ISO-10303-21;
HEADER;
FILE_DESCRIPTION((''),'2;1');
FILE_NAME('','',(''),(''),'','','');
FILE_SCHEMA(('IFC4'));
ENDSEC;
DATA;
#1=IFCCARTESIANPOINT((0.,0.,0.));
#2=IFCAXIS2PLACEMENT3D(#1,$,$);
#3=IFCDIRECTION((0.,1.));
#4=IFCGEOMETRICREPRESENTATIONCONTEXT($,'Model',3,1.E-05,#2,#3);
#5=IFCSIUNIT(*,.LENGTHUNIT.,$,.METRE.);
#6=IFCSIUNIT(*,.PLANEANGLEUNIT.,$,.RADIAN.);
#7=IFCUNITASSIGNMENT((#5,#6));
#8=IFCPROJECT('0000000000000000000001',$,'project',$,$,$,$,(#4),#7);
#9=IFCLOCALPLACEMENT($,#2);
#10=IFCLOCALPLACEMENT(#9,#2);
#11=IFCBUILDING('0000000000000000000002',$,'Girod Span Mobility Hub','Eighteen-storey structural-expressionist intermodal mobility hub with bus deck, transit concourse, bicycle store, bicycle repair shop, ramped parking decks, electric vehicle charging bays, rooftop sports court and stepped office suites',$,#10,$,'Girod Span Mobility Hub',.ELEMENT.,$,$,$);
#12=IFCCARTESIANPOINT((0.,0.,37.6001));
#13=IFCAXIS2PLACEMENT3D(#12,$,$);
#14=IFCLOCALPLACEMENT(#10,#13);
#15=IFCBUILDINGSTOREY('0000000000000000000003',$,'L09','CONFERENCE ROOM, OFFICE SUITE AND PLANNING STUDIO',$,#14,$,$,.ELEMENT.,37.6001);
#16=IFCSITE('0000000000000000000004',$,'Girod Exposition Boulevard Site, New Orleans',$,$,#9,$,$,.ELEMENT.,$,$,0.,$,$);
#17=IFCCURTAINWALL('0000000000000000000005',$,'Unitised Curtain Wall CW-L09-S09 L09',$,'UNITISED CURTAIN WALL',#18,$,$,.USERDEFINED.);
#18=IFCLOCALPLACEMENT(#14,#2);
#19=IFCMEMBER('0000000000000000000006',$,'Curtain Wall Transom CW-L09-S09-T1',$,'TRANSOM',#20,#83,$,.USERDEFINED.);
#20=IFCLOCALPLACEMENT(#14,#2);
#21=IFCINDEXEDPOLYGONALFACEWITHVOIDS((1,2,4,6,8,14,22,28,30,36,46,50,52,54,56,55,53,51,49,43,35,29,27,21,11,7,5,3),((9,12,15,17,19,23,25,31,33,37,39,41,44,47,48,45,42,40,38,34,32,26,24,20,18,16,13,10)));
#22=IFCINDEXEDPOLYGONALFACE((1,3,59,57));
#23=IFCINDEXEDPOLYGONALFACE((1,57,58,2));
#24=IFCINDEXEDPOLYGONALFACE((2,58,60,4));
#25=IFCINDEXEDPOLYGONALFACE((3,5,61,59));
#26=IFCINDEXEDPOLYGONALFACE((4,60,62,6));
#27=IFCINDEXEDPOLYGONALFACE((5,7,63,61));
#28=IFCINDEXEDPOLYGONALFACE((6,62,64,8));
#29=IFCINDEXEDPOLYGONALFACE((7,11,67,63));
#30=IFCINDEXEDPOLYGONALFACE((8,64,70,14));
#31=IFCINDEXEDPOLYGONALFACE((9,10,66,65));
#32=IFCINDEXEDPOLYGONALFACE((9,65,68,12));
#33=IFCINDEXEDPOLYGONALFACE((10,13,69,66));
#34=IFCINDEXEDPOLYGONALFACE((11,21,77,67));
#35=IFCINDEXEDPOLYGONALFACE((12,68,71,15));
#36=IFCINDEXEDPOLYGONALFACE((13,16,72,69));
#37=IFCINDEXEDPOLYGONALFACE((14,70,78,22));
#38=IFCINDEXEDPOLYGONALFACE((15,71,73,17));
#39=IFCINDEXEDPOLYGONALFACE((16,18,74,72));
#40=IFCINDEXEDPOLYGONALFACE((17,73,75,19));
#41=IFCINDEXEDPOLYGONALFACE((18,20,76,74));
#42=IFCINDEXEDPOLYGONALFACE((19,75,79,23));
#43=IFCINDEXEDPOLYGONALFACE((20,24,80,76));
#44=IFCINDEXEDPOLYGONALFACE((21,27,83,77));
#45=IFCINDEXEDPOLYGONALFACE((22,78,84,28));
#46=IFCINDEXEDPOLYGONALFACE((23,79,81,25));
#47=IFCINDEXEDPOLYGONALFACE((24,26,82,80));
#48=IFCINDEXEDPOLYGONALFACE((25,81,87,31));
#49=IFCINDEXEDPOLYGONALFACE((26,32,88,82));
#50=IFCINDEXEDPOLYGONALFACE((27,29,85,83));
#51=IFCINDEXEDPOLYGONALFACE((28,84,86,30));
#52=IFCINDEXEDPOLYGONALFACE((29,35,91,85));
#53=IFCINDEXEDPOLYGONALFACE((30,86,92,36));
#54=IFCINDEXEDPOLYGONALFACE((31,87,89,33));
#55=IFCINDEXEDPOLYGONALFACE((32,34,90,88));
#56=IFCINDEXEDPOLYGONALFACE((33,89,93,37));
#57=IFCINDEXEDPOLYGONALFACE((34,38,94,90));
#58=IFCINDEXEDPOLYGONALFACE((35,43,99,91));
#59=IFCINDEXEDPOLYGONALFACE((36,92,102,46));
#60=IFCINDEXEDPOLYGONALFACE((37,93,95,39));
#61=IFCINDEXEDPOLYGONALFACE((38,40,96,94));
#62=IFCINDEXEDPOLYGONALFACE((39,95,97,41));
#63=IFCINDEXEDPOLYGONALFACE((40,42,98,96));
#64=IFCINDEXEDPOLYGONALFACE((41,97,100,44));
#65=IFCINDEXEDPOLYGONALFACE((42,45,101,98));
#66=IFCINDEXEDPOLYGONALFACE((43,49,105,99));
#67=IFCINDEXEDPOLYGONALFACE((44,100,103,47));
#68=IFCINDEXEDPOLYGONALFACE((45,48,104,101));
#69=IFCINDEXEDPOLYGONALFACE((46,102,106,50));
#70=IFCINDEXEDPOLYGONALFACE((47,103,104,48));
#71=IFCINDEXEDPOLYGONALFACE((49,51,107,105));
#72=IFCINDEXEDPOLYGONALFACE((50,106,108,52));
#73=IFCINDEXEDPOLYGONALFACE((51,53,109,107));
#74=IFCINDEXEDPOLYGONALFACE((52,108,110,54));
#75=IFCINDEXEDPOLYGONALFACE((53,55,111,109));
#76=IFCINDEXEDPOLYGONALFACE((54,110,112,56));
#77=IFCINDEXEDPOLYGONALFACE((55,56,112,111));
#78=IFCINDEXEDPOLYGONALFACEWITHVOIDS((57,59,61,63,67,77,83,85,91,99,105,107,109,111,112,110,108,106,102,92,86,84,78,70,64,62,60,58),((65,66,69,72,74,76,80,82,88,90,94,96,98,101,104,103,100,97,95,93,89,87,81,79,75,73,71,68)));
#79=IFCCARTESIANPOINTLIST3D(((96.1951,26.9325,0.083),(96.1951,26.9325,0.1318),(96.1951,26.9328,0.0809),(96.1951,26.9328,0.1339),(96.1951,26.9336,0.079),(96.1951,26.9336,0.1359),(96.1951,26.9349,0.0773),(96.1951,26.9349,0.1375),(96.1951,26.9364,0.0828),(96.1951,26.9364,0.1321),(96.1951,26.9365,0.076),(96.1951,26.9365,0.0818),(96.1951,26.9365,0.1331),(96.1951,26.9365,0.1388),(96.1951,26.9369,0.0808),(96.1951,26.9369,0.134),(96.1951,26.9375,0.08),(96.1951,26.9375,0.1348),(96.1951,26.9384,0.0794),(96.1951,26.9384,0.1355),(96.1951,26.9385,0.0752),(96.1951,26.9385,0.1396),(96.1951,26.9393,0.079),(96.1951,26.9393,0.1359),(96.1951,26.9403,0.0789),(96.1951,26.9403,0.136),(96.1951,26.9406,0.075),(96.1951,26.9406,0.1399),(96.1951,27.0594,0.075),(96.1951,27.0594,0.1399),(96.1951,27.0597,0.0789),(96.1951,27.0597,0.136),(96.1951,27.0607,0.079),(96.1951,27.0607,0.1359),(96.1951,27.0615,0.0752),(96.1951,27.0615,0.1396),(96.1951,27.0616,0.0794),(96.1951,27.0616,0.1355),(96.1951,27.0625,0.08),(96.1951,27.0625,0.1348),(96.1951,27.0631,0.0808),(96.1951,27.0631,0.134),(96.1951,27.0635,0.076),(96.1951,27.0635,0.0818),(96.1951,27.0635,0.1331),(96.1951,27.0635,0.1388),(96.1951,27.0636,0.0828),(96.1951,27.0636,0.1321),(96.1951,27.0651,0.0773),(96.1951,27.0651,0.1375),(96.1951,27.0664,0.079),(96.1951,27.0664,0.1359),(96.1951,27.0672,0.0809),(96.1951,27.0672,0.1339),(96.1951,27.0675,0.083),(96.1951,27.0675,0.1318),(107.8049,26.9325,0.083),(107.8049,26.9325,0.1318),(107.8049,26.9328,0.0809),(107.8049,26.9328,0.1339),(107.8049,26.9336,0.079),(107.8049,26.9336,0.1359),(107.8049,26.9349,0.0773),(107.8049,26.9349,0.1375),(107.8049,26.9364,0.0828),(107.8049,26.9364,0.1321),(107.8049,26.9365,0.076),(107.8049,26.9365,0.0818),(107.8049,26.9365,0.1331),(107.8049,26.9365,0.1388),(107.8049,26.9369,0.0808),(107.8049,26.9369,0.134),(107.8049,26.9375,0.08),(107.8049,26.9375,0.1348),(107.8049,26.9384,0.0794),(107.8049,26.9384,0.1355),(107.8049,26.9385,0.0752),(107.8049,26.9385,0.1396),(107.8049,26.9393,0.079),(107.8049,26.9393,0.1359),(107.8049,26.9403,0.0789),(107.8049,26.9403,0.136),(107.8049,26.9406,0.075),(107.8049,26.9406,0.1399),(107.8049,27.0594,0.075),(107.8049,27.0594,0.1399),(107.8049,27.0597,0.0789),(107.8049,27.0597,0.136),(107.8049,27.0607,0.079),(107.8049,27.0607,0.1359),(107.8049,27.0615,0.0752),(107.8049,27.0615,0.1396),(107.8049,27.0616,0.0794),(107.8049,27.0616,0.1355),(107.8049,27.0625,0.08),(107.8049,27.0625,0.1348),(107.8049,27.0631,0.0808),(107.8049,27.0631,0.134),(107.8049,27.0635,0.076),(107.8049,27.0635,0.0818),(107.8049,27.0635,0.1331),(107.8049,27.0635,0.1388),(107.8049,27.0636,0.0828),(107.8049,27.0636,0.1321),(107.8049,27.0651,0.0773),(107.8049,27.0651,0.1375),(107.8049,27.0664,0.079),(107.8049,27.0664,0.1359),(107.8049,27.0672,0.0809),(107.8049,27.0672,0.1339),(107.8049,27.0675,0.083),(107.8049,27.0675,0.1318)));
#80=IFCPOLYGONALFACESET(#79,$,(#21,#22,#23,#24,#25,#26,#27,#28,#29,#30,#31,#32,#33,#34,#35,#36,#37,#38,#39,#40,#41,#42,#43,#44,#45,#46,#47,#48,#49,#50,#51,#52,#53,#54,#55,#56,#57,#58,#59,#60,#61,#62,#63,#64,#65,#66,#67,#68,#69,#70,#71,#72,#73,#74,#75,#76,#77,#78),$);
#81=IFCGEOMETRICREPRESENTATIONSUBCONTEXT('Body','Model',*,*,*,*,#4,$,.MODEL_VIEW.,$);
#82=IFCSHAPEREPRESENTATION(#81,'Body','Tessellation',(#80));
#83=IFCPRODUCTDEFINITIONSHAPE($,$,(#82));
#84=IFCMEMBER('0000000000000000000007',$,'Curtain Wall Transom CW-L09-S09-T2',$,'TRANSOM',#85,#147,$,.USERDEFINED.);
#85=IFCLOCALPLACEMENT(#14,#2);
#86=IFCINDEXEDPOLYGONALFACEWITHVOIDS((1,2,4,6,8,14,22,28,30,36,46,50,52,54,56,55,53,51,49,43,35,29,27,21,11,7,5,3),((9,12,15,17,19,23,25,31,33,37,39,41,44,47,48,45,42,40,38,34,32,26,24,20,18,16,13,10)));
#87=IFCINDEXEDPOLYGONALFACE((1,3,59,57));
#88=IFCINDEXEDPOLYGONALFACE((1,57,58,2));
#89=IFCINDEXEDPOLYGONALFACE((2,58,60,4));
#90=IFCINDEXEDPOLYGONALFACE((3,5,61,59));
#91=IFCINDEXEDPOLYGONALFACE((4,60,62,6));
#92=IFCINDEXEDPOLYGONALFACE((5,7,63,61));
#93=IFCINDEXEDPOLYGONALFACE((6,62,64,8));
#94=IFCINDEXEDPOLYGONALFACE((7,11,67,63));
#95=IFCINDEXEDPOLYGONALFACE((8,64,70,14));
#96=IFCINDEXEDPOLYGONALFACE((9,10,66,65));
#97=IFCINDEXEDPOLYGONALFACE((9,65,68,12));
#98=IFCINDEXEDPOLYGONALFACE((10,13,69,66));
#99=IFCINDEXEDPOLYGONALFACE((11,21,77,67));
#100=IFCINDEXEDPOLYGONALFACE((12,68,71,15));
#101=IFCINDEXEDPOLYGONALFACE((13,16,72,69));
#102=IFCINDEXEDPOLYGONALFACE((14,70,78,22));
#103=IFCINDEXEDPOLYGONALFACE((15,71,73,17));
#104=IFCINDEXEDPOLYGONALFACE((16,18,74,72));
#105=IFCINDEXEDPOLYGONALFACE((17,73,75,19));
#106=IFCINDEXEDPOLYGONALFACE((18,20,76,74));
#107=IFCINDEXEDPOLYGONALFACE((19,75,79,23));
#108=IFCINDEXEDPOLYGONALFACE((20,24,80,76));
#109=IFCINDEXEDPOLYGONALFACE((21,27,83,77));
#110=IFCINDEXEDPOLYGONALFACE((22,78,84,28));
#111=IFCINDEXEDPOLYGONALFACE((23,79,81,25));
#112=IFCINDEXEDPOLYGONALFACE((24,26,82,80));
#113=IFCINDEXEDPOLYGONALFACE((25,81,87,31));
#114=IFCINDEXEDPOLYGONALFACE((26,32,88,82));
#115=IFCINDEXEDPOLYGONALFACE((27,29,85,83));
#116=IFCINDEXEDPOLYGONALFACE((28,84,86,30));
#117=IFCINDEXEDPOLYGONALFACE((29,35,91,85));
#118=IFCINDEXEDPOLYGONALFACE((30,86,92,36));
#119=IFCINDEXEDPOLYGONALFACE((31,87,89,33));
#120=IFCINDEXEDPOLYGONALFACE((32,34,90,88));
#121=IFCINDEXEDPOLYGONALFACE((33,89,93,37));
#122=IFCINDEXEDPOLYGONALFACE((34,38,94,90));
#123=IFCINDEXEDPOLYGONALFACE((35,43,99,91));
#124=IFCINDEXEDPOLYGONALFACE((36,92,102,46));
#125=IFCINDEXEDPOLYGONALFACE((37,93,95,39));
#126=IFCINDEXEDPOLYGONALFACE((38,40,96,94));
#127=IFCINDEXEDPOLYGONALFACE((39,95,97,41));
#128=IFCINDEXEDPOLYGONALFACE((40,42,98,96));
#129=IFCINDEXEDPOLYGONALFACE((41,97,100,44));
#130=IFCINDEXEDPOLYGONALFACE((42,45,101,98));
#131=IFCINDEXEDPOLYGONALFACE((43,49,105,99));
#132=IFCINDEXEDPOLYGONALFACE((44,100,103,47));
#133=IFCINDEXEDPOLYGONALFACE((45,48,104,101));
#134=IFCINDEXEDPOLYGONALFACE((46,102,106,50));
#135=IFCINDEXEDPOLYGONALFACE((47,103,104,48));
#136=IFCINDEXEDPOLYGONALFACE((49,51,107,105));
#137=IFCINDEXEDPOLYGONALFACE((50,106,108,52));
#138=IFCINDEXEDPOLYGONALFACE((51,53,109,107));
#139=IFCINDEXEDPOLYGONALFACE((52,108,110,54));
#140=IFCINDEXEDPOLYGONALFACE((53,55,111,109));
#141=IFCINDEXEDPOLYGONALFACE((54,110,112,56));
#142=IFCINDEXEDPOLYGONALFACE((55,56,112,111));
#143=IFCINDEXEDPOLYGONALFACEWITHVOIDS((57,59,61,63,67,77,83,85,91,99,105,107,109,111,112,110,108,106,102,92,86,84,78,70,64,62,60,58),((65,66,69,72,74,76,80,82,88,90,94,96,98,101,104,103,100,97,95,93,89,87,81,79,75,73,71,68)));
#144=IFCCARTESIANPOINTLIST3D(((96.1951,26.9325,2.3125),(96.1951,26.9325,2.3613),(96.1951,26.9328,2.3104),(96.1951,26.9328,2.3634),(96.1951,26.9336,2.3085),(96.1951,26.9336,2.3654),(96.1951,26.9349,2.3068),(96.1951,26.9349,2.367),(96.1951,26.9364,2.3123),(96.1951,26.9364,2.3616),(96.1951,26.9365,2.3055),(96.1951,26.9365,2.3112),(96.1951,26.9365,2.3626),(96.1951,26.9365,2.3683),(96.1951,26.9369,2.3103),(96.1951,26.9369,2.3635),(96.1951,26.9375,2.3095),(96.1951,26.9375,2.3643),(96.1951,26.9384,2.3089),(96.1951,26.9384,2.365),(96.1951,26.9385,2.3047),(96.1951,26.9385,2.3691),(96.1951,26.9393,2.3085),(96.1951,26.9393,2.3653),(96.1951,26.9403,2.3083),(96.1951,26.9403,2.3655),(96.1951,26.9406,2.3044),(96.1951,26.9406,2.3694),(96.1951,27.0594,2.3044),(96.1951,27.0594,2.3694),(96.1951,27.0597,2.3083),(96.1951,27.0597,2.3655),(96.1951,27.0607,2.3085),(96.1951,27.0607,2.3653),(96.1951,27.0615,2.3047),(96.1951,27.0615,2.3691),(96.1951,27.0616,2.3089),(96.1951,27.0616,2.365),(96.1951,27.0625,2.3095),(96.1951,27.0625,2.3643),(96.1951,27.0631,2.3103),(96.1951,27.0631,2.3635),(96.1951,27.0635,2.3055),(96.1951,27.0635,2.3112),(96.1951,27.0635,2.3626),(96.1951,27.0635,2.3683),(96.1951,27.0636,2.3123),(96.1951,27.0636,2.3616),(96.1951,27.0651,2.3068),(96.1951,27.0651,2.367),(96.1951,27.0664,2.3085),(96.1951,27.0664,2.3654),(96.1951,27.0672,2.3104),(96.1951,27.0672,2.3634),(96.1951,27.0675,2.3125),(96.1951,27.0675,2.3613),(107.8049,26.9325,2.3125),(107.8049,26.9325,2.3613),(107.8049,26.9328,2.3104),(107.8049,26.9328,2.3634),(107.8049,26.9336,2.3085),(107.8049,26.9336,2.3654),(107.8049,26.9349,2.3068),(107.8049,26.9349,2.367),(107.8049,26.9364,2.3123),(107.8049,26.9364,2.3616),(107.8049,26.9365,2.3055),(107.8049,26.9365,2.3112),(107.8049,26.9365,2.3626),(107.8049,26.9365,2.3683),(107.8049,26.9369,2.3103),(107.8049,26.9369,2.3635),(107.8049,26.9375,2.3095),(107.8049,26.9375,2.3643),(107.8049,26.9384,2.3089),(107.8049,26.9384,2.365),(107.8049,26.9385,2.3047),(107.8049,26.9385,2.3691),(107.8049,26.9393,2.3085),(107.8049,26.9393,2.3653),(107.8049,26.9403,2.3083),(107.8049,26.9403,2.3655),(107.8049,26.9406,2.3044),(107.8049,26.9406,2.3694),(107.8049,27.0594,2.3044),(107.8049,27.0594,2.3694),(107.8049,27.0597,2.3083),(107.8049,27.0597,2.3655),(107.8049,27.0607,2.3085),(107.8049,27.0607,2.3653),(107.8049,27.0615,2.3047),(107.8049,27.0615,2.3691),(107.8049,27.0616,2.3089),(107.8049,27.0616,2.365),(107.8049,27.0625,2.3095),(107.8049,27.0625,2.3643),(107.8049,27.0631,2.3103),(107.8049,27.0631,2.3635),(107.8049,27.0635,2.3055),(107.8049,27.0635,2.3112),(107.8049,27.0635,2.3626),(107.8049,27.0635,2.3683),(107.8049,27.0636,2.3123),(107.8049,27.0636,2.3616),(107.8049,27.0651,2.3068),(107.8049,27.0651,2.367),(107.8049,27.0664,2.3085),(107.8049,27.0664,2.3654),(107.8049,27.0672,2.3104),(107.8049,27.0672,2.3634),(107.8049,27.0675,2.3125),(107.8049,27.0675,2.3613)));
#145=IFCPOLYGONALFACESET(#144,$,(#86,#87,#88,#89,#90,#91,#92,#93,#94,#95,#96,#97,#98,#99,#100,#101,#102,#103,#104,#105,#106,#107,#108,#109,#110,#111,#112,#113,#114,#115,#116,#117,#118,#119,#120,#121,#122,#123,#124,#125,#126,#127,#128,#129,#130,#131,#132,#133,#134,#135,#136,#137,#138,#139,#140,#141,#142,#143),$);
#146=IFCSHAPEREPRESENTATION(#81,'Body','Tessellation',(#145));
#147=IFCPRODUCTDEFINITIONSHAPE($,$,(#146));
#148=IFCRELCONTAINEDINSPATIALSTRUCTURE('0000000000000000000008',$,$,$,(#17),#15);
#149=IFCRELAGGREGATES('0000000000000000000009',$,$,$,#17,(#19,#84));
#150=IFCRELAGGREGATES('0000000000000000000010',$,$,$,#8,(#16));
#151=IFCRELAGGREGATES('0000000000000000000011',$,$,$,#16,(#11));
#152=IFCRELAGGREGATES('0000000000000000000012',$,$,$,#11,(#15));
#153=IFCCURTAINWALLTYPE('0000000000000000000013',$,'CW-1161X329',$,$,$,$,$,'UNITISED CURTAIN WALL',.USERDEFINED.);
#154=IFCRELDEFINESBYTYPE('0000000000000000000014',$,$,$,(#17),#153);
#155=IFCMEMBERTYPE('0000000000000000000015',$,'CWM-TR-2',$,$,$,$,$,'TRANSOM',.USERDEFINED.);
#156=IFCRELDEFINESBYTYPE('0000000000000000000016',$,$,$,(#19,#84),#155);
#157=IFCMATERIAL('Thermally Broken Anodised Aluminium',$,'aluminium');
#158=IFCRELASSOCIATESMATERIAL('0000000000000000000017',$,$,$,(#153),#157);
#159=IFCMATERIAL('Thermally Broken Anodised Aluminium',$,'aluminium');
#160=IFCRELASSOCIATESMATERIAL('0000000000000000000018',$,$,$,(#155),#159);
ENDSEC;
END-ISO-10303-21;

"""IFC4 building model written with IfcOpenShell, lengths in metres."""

from ifc_helpers import new_model, si_unit, direction, frame, origin, origin_2d, place, context, subcontext, project, spatial, hollow_rectangle, extrude, material, material_profile, profile_set, type_object, element, aggregate, save


model = new_model("IFC4")

# Units and contexts
model_context = context("Model", 3, precision=1e-05, world=origin(), true_north=direction((0.0, 1.0)))
body_context = subcontext(model_context, "Body", "Model", "MODEL_VIEW")
ifc_project = project(units=[si_unit("LENGTHUNIT", "METRE"), si_unit("PLANEANGLEUNIT", "RADIAN")], contexts=[model_context])

# Site, building, storey
site_placement = place(None, origin())
site = spatial("IfcSite", under=ifc_project, at=site_placement, Name="Girod Exposition Boulevard Site, New Orleans", CompositionType="ELEMENT", RefElevation=0.0)
building_placement = place(site_placement, origin())
building = spatial("IfcBuilding", under=site, at=building_placement, Name="Girod Span Mobility Hub", Description="Eighteen-storey structural-expressionist intermodal mobility hub with bus deck, transit concourse, bicycle store, bicycle repair shop, ramped parking decks, electric vehicle charging bays, rooftop sports court and stepped office suites", LongName="Girod Span Mobility Hub", CompositionType="ELEMENT")
storey_placement = place(building_placement, frame((0.0, 0.0, 37.6001)))
storey = spatial("IfcBuildingStorey", under=building, at=storey_placement, Name="L09", Description="CONFERENCE ROOM, OFFICE SUITE AND PLANNING STUDIO", CompositionType="ELEMENT", Elevation=37.6001)

# Curtain wall
ifc_material_1 = material(Name="Thermally Broken Anodised Aluminium", Category="aluminium")
curtain_wall_type = type_object("IfcCurtainWallType", Name="CW-1161X329", ElementType="UNITISED CURTAIN WALL", PredefinedType="USERDEFINED", material=ifc_material_1)
curtain_wall_1_placement = place(storey_placement, origin())
curtain_wall_1 = element("IfcCurtainWall", 1, at=curtain_wall_1_placement, inside=storey, type_object=curtain_wall_type, Name="Unitised Curtain Wall CW-L09-S09 L09", ObjectType="UNITISED CURTAIN WALL", PredefinedType="USERDEFINED")

# Members
ifc_material_2 = material(Name="Thermally Broken Anodised Aluminium", Category="aluminium")
ifc_material_profile_1 = material_profile(ifc_material_2, hollow_rectangle(XDim=0.135, YDim=0.0649, WallThickness=0.0039, InnerFilletRadius=0.0039, OuterFilletRadius=0.0081, at=origin_2d()), Name="CW-TR-65X135")
ifc_profile_set_1 = profile_set([ifc_material_profile_1], Name="Thermally Broken Anodised Aluminium")
member_type_1 = type_object("IfcMemberType", Name="CWM-TR-2", ElementType="TRANSOM", PredefinedType="USERDEFINED", material=ifc_profile_set_1)
member_1_placement = place(storey_placement, frame((96.1951, 27.0, 0.1074), z_axis=(1.0, 0.0, 0.0), x_axis=(0.0, 1.0, 0.0)))
member_1 = element("IfcMember", 2, at=member_1_placement, type_object=member_type_1, Name="Curtain Wall Transom CW-L09-S09-T1", ObjectType="TRANSOM", PredefinedType="USERDEFINED", context=body_context, shape_type="SweptSolid", body=[
    extrude(hollow_rectangle(XDim=0.135, YDim=0.0649, WallThickness=0.0039, InnerFilletRadius=0.0039, OuterFilletRadius=0.0081, at=origin_2d()), origin(), (0.0, 0.0, 1.0), 11.6099),
])
member_2_placement = place(storey_placement, frame((96.1951, 27.0, 2.3369), z_axis=(1.0, 0.0, 0.0), x_axis=(0.0, 1.0, 0.0)))
member_2 = element("IfcMember", 3, at=member_2_placement, type_object=member_type_1, Name="Curtain Wall Transom CW-L09-S09-T2", ObjectType="TRANSOM", PredefinedType="USERDEFINED", context=body_context, shape_type="SweptSolid", body=[
    extrude(hollow_rectangle(XDim=0.135, YDim=0.0649, WallThickness=0.0039, InnerFilletRadius=0.0039, OuterFilletRadius=0.0081, at=origin_2d()), origin(), (0.0, 0.0, 1.0), 11.6099),
])

aggregate(curtain_wall_1, [member_1, member_2])

save(model, "model.ifc")
